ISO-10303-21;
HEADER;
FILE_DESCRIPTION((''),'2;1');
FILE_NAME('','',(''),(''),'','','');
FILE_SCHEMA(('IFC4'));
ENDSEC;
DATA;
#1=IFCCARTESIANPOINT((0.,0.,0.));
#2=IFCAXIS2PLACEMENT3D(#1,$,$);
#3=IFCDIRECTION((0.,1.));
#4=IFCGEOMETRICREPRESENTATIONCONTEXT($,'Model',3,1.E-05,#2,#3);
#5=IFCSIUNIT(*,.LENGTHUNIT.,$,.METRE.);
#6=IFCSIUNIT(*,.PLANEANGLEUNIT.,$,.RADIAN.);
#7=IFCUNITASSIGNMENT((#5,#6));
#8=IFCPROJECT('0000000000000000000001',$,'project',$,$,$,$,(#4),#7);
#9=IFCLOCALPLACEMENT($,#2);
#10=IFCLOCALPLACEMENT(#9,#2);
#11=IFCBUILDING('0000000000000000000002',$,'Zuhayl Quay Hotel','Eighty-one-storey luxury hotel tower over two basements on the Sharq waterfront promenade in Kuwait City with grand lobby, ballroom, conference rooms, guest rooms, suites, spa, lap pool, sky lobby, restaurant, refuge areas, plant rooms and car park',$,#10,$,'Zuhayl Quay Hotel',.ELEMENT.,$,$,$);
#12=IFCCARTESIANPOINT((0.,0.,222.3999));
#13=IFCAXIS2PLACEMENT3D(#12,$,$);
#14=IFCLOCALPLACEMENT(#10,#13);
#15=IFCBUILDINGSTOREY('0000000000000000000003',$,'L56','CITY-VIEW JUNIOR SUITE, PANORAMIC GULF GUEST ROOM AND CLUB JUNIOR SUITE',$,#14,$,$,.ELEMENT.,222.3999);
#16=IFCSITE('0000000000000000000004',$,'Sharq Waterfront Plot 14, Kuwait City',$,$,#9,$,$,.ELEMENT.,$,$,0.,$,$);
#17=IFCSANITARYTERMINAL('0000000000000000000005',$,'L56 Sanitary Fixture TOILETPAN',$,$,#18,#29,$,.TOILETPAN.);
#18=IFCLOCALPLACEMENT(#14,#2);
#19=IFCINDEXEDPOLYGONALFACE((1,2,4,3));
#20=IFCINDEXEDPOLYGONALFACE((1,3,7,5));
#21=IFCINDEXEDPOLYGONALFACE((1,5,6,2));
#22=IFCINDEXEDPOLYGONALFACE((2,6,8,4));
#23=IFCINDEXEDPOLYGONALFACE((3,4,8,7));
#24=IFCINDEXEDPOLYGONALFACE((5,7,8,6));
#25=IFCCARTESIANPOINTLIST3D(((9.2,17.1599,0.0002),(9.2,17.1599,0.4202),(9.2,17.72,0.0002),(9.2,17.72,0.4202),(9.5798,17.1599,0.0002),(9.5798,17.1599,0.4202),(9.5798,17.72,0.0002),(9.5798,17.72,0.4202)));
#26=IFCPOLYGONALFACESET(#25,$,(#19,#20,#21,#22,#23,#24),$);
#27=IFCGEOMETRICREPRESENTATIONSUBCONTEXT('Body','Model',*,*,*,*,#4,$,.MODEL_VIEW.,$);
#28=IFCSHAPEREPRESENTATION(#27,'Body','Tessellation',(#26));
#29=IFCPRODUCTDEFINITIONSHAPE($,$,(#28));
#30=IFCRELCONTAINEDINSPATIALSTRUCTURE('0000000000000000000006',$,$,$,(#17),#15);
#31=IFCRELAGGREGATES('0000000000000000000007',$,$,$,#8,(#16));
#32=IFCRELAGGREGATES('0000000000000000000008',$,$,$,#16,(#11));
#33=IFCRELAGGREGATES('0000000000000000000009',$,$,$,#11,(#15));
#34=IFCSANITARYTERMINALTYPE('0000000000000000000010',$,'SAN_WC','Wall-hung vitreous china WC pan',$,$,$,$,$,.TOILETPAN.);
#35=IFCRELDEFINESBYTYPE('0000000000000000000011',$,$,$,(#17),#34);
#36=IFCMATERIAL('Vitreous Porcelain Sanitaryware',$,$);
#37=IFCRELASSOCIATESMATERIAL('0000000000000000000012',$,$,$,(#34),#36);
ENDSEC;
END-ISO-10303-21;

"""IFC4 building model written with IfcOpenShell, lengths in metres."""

from ifc_helpers import new_model, si_unit, direction, frame, origin, origin_2d, place, context, subcontext, project, spatial, rectangle, extrude, material, type_object, element, save


model = new_model("IFC4")

# Units and contexts
model_context = context("Model", 3, precision=1e-05, world=origin(), true_north=direction((0.0, 1.0)))
body_context = subcontext(model_context, "Body", "Model", "MODEL_VIEW")
ifc_project = project(units=[si_unit("LENGTHUNIT", "METRE"), si_unit("PLANEANGLEUNIT", "RADIAN")], contexts=[model_context])

# Site, building, storey
site_placement = place(None, origin())
site = spatial("IfcSite", under=ifc_project, at=site_placement, Name="Sharq Waterfront Plot 14, Kuwait City", CompositionType="ELEMENT", RefElevation=0.0)
building_placement = place(site_placement, origin())
building = spatial("IfcBuilding", under=site, at=building_placement, Name="Zuhayl Quay Hotel", Description="Eighty-one-storey luxury hotel tower over two basements on the Sharq waterfront promenade in Kuwait City with grand lobby, ballroom, conference rooms, guest rooms, suites, spa, lap pool, sky lobby, restaurant, refuge areas, plant rooms and car park", LongName="Zuhayl Quay Hotel", CompositionType="ELEMENT")
storey_placement = place(building_placement, frame((0.0, 0.0, 222.3999)))
storey = spatial("IfcBuildingStorey", under=building, at=storey_placement, Name="L56", Description="CITY-VIEW JUNIOR SUITE, PANORAMIC GULF GUEST ROOM AND CLUB JUNIOR SUITE", CompositionType="ELEMENT", Elevation=222.3999)

# Sanitary terminal
ifc_material_1 = material(Name="Vitreous Porcelain Sanitaryware")
sanitary_terminal_type = type_object("IfcSanitaryTerminalType", Name="SAN_WC", Description="Wall-hung vitreous china WC pan", PredefinedType="TOILETPAN", material=ifc_material_1)
sanitary_terminal_placement = place(storey_placement, frame((9.3899, 17.4399, 0.0002), z_axis=(0.0, 0.0, 1.0), x_axis=(1.0, 0.0, 0.0)))
element("IfcSanitaryTerminal", 1, at=sanitary_terminal_placement, inside=storey, type_object=sanitary_terminal_type, Name="L56 Sanitary Fixture TOILETPAN", PredefinedType="TOILETPAN", context=body_context, shape_type="SweptSolid", body=[
    extrude(rectangle(XDim=0.3799, YDim=0.5601, at=origin_2d()), origin(), (0.0, 0.0, 1.0), 0.4199),
])

save(model, "model.ifc")
